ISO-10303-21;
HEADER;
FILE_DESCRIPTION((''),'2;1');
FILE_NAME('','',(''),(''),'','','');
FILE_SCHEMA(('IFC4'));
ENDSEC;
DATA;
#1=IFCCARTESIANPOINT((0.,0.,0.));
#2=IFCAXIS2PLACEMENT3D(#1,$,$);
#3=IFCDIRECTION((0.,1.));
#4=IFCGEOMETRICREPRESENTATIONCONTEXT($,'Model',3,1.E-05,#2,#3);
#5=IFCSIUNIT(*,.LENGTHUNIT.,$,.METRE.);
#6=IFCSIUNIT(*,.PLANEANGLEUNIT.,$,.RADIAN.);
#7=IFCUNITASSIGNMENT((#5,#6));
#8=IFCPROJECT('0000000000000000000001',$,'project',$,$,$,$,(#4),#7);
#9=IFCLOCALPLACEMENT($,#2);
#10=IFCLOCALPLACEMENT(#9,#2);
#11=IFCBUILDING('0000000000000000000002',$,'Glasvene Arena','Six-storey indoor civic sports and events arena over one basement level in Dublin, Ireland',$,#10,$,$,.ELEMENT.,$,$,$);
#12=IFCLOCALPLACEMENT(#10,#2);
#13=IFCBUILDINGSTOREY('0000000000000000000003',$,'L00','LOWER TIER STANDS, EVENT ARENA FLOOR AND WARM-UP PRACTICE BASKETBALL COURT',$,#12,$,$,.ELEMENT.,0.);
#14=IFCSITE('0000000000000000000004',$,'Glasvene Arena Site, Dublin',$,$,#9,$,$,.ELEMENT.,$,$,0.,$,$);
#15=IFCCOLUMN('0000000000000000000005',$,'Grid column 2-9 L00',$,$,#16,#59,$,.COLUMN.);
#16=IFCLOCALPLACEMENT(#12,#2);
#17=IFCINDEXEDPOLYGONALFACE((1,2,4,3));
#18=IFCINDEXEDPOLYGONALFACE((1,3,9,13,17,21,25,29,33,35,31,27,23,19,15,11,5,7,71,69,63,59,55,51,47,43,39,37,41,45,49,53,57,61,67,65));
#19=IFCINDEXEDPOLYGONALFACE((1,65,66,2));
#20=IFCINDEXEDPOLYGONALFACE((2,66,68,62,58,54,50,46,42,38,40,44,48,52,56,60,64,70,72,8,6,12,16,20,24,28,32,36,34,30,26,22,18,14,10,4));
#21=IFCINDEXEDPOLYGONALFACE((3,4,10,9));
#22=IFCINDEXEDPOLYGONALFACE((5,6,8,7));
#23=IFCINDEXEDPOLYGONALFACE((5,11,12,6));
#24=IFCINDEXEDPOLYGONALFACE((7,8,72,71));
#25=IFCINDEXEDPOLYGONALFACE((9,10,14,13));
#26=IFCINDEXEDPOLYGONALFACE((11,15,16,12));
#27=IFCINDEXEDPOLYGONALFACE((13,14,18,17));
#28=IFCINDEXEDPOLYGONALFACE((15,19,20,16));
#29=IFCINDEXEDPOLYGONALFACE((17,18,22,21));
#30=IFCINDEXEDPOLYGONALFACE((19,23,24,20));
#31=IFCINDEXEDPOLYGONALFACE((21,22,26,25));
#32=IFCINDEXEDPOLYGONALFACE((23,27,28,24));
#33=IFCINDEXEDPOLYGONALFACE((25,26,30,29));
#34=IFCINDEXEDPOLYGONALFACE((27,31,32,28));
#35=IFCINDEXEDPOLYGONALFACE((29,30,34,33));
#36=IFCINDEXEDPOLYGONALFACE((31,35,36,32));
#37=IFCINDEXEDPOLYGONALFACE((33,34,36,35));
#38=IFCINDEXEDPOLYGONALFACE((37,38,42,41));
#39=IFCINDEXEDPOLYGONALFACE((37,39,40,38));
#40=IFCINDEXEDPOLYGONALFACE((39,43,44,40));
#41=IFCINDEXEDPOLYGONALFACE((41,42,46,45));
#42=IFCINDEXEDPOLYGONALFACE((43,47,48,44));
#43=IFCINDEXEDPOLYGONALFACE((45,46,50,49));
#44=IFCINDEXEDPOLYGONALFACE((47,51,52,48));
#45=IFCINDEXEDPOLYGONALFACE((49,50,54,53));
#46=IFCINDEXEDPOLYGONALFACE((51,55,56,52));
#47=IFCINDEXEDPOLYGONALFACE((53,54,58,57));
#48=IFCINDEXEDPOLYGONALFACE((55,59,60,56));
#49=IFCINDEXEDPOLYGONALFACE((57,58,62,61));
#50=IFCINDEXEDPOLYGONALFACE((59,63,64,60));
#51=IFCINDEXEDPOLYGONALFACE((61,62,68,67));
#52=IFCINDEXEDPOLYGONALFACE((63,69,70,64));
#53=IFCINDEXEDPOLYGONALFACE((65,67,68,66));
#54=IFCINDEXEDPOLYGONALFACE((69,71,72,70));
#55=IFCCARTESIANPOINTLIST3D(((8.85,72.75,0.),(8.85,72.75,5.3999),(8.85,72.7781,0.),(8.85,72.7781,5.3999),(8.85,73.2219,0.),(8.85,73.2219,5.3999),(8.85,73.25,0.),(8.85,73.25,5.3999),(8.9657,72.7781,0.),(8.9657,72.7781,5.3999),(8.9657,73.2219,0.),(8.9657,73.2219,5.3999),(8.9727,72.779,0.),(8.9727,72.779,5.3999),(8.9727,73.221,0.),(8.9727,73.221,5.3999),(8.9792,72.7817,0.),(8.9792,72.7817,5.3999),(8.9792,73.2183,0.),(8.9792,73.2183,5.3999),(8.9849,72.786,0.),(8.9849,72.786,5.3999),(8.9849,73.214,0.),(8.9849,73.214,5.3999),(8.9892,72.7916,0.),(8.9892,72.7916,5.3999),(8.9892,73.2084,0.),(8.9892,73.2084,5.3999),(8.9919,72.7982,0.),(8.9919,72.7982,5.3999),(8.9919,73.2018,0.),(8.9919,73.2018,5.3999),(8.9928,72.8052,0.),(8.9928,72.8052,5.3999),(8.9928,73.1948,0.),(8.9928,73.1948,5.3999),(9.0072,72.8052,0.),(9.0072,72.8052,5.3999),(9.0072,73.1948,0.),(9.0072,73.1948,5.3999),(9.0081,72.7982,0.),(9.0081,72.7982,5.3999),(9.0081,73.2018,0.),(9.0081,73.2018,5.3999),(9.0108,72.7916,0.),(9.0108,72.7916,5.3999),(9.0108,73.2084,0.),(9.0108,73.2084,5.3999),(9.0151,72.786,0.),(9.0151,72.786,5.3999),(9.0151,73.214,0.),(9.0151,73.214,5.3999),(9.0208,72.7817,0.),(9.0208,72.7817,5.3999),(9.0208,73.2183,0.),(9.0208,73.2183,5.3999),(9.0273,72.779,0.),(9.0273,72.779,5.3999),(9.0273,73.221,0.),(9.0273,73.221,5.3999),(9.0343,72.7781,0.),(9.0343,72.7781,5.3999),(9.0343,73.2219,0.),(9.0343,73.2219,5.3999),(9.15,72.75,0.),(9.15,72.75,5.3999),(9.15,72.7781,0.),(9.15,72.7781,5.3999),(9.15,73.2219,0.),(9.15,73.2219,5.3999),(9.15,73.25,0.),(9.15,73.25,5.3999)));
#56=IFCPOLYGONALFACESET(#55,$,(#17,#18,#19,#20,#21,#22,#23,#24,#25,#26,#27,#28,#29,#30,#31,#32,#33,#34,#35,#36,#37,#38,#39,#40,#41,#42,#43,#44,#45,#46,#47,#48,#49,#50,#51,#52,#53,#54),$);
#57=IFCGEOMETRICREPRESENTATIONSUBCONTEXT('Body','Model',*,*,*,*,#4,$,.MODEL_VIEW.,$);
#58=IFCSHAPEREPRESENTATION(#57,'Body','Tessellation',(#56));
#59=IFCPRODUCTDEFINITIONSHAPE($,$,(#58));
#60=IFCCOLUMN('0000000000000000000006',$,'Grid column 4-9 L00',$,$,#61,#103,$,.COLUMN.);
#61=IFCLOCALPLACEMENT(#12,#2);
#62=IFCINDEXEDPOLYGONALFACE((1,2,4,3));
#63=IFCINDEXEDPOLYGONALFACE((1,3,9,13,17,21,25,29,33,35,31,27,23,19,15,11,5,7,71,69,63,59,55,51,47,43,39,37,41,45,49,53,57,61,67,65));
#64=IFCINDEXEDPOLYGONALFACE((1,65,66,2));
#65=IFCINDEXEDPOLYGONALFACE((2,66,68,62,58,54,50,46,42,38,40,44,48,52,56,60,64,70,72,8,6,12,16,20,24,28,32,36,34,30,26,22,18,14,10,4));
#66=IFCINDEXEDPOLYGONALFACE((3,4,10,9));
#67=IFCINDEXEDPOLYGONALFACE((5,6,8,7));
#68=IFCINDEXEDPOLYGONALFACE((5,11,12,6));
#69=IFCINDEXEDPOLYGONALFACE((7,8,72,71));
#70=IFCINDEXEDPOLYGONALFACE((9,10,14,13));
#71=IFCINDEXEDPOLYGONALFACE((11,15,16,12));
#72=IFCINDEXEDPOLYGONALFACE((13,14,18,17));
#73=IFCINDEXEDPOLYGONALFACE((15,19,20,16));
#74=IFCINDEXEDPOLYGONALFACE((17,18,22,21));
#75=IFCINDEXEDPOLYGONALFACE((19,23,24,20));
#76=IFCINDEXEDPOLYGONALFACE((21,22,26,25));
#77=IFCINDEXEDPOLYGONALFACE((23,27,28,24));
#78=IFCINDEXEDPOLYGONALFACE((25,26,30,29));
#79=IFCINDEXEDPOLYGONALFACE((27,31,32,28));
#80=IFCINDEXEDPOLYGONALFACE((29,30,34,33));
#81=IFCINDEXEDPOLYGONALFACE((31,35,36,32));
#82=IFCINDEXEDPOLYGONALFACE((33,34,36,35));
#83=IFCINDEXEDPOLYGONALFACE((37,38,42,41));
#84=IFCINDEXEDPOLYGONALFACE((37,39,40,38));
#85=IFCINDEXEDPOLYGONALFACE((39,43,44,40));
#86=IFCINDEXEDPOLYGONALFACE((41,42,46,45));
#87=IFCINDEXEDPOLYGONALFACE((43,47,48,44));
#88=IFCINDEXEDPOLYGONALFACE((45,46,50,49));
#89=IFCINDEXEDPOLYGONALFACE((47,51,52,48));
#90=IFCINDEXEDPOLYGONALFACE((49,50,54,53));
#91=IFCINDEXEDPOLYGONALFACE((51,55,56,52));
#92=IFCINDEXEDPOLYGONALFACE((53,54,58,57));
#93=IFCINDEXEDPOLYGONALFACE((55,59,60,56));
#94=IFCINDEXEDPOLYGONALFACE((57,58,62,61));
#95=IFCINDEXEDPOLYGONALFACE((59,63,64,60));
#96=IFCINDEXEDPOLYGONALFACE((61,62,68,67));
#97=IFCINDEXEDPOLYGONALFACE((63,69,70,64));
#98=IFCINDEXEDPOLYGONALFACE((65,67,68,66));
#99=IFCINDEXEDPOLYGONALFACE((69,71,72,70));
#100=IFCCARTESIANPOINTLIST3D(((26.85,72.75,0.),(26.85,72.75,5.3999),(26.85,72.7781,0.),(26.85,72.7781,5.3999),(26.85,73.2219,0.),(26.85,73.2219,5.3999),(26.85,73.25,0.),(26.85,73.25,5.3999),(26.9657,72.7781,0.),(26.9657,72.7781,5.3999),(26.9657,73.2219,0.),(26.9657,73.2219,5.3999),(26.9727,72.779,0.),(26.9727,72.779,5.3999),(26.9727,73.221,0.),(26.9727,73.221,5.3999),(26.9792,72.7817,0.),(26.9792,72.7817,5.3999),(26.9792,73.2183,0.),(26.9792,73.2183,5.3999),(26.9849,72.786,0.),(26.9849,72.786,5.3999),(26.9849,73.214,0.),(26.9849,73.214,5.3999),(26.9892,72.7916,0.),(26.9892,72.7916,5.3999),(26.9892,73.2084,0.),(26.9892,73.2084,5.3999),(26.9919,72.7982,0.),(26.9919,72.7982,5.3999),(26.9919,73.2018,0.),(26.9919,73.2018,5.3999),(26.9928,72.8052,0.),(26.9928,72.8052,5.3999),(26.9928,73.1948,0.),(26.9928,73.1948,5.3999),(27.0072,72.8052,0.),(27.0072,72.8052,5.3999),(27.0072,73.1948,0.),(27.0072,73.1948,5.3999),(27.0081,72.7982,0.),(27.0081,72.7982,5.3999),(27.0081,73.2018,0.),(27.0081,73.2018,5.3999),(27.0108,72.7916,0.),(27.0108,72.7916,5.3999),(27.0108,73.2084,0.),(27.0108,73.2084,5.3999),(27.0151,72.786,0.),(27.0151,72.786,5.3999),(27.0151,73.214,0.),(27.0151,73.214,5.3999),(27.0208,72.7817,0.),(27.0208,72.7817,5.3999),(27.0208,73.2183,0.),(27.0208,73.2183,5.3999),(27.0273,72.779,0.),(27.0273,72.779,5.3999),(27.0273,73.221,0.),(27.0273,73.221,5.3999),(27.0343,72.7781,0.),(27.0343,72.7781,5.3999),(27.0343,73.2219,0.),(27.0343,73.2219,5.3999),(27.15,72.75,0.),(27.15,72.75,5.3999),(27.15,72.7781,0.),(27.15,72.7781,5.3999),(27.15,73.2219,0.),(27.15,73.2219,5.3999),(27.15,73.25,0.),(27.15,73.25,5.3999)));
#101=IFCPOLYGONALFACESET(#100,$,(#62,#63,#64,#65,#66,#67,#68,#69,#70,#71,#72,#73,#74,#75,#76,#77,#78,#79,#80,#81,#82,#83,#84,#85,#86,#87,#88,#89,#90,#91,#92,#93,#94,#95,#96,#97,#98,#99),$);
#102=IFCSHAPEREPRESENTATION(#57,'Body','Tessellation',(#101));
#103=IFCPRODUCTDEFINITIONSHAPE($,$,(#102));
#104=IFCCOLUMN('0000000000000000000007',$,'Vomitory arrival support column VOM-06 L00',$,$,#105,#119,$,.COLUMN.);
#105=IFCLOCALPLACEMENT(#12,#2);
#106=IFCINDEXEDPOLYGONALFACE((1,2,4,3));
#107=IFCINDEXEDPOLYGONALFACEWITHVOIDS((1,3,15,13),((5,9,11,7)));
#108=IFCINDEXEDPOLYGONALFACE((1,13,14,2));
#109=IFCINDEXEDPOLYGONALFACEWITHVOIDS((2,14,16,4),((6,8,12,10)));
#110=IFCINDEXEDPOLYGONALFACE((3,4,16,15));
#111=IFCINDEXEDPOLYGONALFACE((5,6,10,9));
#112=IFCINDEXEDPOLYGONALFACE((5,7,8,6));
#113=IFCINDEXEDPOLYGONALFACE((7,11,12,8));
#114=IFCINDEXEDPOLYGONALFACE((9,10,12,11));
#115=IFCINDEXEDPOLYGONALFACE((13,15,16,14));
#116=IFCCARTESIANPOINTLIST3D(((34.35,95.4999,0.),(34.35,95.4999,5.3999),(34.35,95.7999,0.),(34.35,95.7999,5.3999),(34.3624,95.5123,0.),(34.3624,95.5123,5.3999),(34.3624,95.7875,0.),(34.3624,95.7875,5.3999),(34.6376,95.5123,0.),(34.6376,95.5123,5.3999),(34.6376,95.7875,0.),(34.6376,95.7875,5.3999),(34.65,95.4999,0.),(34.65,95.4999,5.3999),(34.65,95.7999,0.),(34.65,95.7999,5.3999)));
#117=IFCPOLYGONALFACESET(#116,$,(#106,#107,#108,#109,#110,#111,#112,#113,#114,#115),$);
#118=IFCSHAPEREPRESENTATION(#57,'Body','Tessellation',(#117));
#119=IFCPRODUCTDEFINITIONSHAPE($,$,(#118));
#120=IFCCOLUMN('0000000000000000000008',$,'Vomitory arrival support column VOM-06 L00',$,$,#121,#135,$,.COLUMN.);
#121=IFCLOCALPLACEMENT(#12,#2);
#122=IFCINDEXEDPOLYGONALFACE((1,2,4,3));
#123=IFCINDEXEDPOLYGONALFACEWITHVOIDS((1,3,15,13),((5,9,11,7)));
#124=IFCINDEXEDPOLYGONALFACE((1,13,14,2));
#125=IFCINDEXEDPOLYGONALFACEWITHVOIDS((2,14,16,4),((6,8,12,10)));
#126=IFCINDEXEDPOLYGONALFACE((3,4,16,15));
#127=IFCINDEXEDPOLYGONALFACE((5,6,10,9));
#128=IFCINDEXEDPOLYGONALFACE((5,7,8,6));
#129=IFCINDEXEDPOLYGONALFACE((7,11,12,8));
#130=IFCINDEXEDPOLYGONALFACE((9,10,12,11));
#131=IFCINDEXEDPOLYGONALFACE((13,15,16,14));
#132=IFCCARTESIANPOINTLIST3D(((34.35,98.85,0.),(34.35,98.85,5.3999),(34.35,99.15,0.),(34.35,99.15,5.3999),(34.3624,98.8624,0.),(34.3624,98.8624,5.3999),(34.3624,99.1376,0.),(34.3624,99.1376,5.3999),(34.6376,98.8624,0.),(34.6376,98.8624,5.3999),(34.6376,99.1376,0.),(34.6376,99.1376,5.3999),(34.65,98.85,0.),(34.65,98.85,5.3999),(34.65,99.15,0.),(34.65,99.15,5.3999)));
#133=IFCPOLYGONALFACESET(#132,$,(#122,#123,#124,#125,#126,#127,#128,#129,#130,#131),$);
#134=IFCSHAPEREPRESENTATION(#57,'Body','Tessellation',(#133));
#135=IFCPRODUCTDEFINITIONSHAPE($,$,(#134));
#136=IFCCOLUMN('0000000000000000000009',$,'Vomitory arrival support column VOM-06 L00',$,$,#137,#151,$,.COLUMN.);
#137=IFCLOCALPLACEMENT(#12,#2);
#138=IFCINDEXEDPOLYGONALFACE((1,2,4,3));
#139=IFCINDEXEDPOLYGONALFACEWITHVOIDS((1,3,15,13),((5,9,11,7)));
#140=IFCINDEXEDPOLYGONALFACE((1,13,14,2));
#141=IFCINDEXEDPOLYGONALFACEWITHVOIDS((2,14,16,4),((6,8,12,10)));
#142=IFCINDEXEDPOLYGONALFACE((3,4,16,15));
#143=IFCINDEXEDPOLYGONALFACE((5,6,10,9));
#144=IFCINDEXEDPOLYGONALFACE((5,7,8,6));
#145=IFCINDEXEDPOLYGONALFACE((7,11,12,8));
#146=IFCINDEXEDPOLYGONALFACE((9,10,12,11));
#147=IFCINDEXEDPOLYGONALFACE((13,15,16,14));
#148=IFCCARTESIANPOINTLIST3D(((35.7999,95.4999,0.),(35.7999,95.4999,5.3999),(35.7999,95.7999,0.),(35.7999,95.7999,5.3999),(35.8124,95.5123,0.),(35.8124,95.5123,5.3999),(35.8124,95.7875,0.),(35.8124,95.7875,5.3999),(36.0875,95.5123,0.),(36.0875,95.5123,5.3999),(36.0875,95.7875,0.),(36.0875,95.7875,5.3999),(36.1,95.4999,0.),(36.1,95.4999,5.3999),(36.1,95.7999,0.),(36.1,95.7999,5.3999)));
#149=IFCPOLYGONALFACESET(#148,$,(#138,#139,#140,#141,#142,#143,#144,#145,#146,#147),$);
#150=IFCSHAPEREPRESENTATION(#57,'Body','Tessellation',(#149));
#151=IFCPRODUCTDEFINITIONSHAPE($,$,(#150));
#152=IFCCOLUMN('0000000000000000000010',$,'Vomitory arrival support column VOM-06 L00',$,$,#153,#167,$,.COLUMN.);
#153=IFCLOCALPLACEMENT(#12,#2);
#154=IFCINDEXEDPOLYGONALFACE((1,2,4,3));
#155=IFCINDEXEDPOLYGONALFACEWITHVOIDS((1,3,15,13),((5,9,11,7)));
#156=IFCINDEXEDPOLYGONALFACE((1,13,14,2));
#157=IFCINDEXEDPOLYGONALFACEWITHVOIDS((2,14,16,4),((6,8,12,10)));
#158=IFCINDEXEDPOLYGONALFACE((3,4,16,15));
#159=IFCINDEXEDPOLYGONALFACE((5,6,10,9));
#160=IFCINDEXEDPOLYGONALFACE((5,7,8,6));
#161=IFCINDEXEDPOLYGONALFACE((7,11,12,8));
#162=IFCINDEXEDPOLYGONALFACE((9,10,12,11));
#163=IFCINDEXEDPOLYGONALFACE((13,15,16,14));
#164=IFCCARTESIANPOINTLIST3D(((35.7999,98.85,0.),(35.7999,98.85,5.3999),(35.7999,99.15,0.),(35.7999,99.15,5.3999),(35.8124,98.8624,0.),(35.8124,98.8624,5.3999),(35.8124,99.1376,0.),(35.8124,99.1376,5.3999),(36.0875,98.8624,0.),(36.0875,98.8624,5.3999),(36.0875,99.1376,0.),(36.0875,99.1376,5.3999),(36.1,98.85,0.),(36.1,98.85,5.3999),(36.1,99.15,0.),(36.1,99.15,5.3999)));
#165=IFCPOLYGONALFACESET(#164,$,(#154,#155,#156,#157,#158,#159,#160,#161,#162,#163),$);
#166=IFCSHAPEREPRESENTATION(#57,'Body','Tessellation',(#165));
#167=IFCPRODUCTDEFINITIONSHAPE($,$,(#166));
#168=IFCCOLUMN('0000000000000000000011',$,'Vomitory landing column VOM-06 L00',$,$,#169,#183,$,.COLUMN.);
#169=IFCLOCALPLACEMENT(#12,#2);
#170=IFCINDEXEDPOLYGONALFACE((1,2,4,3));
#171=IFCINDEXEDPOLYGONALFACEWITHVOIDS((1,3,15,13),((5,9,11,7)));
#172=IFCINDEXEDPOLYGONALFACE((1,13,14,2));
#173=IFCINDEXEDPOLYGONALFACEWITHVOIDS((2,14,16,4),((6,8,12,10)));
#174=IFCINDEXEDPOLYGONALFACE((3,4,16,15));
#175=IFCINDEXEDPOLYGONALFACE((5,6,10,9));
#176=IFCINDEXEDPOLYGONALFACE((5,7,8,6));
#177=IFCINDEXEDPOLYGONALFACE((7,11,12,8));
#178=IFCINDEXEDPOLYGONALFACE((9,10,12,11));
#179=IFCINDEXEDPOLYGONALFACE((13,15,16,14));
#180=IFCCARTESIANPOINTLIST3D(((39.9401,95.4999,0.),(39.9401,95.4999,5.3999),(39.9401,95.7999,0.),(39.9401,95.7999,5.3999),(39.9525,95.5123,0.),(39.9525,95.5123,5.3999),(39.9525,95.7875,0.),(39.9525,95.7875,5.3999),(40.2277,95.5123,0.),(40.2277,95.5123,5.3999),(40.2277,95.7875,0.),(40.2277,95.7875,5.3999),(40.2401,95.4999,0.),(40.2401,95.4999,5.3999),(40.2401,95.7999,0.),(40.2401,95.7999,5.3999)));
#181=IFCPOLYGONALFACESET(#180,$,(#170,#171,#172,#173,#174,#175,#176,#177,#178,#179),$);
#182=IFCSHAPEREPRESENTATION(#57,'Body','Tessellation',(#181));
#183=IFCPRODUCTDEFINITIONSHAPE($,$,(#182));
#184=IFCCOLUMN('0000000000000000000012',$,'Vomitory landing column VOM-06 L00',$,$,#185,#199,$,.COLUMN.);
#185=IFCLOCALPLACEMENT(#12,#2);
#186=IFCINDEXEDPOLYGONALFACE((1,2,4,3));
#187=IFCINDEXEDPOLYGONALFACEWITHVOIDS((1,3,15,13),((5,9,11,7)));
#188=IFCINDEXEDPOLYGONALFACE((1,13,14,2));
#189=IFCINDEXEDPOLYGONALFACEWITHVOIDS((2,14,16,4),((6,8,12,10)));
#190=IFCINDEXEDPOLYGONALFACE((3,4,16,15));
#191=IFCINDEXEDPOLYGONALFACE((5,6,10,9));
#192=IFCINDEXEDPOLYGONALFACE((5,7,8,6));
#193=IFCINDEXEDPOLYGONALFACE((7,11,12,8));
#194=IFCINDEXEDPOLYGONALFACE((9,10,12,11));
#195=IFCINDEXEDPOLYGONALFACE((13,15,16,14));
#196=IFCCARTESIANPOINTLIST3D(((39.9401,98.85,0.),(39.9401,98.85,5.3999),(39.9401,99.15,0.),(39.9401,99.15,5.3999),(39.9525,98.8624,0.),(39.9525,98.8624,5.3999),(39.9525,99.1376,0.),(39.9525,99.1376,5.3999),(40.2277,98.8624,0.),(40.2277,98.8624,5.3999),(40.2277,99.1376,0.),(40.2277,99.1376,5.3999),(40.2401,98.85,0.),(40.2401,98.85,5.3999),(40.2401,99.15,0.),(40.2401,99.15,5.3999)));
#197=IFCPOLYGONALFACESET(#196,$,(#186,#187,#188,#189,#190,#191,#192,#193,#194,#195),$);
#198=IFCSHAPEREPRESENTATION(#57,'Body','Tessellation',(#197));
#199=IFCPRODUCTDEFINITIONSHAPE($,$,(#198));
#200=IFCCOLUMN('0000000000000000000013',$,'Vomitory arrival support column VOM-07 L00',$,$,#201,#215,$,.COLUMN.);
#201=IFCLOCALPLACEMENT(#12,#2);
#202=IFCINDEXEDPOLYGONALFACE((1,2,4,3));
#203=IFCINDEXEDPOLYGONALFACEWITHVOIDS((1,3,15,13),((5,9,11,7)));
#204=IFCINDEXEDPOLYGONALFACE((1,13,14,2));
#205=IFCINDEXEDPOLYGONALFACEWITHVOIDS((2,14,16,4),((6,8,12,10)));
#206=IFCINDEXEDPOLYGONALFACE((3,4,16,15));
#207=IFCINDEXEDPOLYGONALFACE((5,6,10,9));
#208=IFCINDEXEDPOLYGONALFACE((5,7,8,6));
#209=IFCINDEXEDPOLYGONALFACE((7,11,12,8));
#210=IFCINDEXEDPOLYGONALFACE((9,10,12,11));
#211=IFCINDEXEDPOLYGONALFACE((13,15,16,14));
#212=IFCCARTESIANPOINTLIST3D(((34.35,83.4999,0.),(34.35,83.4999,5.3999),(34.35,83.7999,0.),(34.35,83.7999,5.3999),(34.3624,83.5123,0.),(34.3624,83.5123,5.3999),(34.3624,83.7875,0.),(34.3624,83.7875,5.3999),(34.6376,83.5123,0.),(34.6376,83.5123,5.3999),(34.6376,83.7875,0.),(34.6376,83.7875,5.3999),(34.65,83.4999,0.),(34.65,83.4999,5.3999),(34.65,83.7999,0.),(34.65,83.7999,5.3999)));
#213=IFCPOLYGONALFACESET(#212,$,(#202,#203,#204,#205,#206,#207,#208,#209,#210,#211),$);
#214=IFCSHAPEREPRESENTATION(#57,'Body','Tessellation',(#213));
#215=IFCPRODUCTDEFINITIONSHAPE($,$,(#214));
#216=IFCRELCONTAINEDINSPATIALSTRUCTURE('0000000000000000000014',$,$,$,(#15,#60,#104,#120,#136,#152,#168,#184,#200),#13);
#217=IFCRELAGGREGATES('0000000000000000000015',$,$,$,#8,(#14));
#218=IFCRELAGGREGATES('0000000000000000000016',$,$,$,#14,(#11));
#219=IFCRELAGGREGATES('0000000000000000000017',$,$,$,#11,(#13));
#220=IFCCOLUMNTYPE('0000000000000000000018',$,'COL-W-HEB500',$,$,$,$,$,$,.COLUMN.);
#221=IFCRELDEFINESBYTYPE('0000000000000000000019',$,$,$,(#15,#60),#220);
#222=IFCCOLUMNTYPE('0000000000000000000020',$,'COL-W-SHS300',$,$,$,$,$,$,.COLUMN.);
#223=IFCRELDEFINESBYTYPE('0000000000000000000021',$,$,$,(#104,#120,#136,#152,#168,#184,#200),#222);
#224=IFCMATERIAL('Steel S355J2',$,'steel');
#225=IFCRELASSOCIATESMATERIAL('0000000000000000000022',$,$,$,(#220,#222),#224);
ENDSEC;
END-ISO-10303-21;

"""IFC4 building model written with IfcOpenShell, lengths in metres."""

from ifc_helpers import new_model, si_unit, direction, frame, origin, origin_2d, place, context, subcontext, project, spatial, hollow_rectangle, i_section, extrude, material, material_profile, profile_set, type_object, element, save


model = new_model("IFC4")

# Units and contexts
model_context = context("Model", 3, precision=1e-05, world=origin(), true_north=direction((0.0, 1.0)))
body_context = subcontext(model_context, "Body", "Model", "MODEL_VIEW")
ifc_project = project(units=[si_unit("LENGTHUNIT", "METRE"), si_unit("PLANEANGLEUNIT", "RADIAN")], contexts=[model_context])

# Site, building, storey
site_placement = place(None, origin())
site = spatial("IfcSite", under=ifc_project, at=site_placement, Name="Glasvene Arena Site, Dublin", CompositionType="ELEMENT", RefElevation=0.0)
building_placement = place(site_placement, origin())
building = spatial("IfcBuilding", under=site, at=building_placement, Name="Glasvene Arena", Description="Six-storey indoor civic sports and events arena over one basement level in Dublin, Ireland", CompositionType="ELEMENT")
storey_placement = place(building_placement, origin())
storey = spatial("IfcBuildingStorey", under=building, at=storey_placement, Name="L00", Description="LOWER TIER STANDS, EVENT ARENA FLOOR AND WARM-UP PRACTICE BASKETBALL COURT", CompositionType="ELEMENT", Elevation=0.0)

# Columns
ifc_material_1 = material(Name="Steel S355J2", Category="steel")
ifc_material_profile_1 = material_profile(ifc_material_1, i_section(OverallWidth=0.3, OverallDepth=0.5, WebThickness=0.0144, FlangeThickness=0.0281, FilletRadius=0.0271, at=origin_2d()), Name="HEB 500")
ifc_profile_set_1 = profile_set([ifc_material_profile_1], Name="Steel S355J2")
column_type_1 = type_object("IfcColumnType", Name="COL-W-HEB500", PredefinedType="COLUMN", material=ifc_profile_set_1)
for number, where, z_axis, x_axis, name in (
    (1, (9.0, 73.0, 0.0), (0.0, 0.0, 1.0), (1.0, 0.0, 0.0), "Grid column 2-9 L00"),
    (2, (27.0, 73.0, 0.0), (0.0, 0.0, 1.0), (1.0, 0.0, 0.0), "Grid column 4-9 L00"),
):
    element("IfcColumn", number, at=place(storey_placement, frame(where, z_axis=z_axis, x_axis=x_axis)), inside=storey, type_object=column_type_1, Name=name, PredefinedType="COLUMN", context=body_context, shape_type="SweptSolid", body=[
        extrude(i_section(OverallWidth=0.3, OverallDepth=0.5, WebThickness=0.0144, FlangeThickness=0.0281, FilletRadius=0.0271, at=origin_2d()), origin(), (0.0, 0.0, 1.0), 5.3999),
    ])
ifc_material_profile_2 = material_profile(ifc_material_1, hollow_rectangle(XDim=0.3, YDim=0.3, WallThickness=0.0125, at=origin_2d()), Name="SHS 300x300x12.5")
ifc_profile_set_2 = profile_set([ifc_material_profile_2], Name="Steel S355J2")
column_type_2 = type_object("IfcColumnType", Name="COL-W-SHS300", PredefinedType="COLUMN", material=ifc_profile_set_2)
for number, where, z_axis, x_axis, name in (
    (3, (34.5, 95.6499, 0.0), (0.0, 0.0, 1.0), (1.0, 0.0, 0.0), "Vomitory arrival support column VOM-06 L00"),
    (4, (34.5, 99.0, 0.0), (0.0, 0.0, 1.0), (1.0, 0.0, 0.0), "Vomitory arrival support column VOM-06 L00"),
    (5, (35.95, 95.6499, 0.0), (0.0, 0.0, 1.0), (1.0, 0.0, 0.0), "Vomitory arrival support column VOM-06 L00"),
    (6, (35.95, 99.0, 0.0), (0.0, 0.0, 1.0), (1.0, 0.0, 0.0), "Vomitory arrival support column VOM-06 L00"),
    (7, (40.0901, 95.6499, 0.0), (0.0, 0.0, 1.0), (1.0, 0.0, 0.0), "Vomitory landing column VOM-06 L00"),
    (8, (40.0901, 99.0, 0.0), (0.0, 0.0, 1.0), (1.0, 0.0, 0.0), "Vomitory landing column VOM-06 L00"),
    (9, (34.5, 83.6499, 0.0), (0.0, 0.0, 1.0), (1.0, 0.0, 0.0), "Vomitory arrival support column VOM-07 L00"),
):
    element("IfcColumn", number, at=place(storey_placement, frame(where, z_axis=z_axis, x_axis=x_axis)), inside=storey, type_object=column_type_2, Name=name, PredefinedType="COLUMN", context=body_context, shape_type="SweptSolid", body=[
        extrude(hollow_rectangle(XDim=0.3, YDim=0.3, WallThickness=0.0125, at=origin_2d()), origin(), (0.0, 0.0, 1.0), 5.3999),
    ])

save(model, "model.ifc")
